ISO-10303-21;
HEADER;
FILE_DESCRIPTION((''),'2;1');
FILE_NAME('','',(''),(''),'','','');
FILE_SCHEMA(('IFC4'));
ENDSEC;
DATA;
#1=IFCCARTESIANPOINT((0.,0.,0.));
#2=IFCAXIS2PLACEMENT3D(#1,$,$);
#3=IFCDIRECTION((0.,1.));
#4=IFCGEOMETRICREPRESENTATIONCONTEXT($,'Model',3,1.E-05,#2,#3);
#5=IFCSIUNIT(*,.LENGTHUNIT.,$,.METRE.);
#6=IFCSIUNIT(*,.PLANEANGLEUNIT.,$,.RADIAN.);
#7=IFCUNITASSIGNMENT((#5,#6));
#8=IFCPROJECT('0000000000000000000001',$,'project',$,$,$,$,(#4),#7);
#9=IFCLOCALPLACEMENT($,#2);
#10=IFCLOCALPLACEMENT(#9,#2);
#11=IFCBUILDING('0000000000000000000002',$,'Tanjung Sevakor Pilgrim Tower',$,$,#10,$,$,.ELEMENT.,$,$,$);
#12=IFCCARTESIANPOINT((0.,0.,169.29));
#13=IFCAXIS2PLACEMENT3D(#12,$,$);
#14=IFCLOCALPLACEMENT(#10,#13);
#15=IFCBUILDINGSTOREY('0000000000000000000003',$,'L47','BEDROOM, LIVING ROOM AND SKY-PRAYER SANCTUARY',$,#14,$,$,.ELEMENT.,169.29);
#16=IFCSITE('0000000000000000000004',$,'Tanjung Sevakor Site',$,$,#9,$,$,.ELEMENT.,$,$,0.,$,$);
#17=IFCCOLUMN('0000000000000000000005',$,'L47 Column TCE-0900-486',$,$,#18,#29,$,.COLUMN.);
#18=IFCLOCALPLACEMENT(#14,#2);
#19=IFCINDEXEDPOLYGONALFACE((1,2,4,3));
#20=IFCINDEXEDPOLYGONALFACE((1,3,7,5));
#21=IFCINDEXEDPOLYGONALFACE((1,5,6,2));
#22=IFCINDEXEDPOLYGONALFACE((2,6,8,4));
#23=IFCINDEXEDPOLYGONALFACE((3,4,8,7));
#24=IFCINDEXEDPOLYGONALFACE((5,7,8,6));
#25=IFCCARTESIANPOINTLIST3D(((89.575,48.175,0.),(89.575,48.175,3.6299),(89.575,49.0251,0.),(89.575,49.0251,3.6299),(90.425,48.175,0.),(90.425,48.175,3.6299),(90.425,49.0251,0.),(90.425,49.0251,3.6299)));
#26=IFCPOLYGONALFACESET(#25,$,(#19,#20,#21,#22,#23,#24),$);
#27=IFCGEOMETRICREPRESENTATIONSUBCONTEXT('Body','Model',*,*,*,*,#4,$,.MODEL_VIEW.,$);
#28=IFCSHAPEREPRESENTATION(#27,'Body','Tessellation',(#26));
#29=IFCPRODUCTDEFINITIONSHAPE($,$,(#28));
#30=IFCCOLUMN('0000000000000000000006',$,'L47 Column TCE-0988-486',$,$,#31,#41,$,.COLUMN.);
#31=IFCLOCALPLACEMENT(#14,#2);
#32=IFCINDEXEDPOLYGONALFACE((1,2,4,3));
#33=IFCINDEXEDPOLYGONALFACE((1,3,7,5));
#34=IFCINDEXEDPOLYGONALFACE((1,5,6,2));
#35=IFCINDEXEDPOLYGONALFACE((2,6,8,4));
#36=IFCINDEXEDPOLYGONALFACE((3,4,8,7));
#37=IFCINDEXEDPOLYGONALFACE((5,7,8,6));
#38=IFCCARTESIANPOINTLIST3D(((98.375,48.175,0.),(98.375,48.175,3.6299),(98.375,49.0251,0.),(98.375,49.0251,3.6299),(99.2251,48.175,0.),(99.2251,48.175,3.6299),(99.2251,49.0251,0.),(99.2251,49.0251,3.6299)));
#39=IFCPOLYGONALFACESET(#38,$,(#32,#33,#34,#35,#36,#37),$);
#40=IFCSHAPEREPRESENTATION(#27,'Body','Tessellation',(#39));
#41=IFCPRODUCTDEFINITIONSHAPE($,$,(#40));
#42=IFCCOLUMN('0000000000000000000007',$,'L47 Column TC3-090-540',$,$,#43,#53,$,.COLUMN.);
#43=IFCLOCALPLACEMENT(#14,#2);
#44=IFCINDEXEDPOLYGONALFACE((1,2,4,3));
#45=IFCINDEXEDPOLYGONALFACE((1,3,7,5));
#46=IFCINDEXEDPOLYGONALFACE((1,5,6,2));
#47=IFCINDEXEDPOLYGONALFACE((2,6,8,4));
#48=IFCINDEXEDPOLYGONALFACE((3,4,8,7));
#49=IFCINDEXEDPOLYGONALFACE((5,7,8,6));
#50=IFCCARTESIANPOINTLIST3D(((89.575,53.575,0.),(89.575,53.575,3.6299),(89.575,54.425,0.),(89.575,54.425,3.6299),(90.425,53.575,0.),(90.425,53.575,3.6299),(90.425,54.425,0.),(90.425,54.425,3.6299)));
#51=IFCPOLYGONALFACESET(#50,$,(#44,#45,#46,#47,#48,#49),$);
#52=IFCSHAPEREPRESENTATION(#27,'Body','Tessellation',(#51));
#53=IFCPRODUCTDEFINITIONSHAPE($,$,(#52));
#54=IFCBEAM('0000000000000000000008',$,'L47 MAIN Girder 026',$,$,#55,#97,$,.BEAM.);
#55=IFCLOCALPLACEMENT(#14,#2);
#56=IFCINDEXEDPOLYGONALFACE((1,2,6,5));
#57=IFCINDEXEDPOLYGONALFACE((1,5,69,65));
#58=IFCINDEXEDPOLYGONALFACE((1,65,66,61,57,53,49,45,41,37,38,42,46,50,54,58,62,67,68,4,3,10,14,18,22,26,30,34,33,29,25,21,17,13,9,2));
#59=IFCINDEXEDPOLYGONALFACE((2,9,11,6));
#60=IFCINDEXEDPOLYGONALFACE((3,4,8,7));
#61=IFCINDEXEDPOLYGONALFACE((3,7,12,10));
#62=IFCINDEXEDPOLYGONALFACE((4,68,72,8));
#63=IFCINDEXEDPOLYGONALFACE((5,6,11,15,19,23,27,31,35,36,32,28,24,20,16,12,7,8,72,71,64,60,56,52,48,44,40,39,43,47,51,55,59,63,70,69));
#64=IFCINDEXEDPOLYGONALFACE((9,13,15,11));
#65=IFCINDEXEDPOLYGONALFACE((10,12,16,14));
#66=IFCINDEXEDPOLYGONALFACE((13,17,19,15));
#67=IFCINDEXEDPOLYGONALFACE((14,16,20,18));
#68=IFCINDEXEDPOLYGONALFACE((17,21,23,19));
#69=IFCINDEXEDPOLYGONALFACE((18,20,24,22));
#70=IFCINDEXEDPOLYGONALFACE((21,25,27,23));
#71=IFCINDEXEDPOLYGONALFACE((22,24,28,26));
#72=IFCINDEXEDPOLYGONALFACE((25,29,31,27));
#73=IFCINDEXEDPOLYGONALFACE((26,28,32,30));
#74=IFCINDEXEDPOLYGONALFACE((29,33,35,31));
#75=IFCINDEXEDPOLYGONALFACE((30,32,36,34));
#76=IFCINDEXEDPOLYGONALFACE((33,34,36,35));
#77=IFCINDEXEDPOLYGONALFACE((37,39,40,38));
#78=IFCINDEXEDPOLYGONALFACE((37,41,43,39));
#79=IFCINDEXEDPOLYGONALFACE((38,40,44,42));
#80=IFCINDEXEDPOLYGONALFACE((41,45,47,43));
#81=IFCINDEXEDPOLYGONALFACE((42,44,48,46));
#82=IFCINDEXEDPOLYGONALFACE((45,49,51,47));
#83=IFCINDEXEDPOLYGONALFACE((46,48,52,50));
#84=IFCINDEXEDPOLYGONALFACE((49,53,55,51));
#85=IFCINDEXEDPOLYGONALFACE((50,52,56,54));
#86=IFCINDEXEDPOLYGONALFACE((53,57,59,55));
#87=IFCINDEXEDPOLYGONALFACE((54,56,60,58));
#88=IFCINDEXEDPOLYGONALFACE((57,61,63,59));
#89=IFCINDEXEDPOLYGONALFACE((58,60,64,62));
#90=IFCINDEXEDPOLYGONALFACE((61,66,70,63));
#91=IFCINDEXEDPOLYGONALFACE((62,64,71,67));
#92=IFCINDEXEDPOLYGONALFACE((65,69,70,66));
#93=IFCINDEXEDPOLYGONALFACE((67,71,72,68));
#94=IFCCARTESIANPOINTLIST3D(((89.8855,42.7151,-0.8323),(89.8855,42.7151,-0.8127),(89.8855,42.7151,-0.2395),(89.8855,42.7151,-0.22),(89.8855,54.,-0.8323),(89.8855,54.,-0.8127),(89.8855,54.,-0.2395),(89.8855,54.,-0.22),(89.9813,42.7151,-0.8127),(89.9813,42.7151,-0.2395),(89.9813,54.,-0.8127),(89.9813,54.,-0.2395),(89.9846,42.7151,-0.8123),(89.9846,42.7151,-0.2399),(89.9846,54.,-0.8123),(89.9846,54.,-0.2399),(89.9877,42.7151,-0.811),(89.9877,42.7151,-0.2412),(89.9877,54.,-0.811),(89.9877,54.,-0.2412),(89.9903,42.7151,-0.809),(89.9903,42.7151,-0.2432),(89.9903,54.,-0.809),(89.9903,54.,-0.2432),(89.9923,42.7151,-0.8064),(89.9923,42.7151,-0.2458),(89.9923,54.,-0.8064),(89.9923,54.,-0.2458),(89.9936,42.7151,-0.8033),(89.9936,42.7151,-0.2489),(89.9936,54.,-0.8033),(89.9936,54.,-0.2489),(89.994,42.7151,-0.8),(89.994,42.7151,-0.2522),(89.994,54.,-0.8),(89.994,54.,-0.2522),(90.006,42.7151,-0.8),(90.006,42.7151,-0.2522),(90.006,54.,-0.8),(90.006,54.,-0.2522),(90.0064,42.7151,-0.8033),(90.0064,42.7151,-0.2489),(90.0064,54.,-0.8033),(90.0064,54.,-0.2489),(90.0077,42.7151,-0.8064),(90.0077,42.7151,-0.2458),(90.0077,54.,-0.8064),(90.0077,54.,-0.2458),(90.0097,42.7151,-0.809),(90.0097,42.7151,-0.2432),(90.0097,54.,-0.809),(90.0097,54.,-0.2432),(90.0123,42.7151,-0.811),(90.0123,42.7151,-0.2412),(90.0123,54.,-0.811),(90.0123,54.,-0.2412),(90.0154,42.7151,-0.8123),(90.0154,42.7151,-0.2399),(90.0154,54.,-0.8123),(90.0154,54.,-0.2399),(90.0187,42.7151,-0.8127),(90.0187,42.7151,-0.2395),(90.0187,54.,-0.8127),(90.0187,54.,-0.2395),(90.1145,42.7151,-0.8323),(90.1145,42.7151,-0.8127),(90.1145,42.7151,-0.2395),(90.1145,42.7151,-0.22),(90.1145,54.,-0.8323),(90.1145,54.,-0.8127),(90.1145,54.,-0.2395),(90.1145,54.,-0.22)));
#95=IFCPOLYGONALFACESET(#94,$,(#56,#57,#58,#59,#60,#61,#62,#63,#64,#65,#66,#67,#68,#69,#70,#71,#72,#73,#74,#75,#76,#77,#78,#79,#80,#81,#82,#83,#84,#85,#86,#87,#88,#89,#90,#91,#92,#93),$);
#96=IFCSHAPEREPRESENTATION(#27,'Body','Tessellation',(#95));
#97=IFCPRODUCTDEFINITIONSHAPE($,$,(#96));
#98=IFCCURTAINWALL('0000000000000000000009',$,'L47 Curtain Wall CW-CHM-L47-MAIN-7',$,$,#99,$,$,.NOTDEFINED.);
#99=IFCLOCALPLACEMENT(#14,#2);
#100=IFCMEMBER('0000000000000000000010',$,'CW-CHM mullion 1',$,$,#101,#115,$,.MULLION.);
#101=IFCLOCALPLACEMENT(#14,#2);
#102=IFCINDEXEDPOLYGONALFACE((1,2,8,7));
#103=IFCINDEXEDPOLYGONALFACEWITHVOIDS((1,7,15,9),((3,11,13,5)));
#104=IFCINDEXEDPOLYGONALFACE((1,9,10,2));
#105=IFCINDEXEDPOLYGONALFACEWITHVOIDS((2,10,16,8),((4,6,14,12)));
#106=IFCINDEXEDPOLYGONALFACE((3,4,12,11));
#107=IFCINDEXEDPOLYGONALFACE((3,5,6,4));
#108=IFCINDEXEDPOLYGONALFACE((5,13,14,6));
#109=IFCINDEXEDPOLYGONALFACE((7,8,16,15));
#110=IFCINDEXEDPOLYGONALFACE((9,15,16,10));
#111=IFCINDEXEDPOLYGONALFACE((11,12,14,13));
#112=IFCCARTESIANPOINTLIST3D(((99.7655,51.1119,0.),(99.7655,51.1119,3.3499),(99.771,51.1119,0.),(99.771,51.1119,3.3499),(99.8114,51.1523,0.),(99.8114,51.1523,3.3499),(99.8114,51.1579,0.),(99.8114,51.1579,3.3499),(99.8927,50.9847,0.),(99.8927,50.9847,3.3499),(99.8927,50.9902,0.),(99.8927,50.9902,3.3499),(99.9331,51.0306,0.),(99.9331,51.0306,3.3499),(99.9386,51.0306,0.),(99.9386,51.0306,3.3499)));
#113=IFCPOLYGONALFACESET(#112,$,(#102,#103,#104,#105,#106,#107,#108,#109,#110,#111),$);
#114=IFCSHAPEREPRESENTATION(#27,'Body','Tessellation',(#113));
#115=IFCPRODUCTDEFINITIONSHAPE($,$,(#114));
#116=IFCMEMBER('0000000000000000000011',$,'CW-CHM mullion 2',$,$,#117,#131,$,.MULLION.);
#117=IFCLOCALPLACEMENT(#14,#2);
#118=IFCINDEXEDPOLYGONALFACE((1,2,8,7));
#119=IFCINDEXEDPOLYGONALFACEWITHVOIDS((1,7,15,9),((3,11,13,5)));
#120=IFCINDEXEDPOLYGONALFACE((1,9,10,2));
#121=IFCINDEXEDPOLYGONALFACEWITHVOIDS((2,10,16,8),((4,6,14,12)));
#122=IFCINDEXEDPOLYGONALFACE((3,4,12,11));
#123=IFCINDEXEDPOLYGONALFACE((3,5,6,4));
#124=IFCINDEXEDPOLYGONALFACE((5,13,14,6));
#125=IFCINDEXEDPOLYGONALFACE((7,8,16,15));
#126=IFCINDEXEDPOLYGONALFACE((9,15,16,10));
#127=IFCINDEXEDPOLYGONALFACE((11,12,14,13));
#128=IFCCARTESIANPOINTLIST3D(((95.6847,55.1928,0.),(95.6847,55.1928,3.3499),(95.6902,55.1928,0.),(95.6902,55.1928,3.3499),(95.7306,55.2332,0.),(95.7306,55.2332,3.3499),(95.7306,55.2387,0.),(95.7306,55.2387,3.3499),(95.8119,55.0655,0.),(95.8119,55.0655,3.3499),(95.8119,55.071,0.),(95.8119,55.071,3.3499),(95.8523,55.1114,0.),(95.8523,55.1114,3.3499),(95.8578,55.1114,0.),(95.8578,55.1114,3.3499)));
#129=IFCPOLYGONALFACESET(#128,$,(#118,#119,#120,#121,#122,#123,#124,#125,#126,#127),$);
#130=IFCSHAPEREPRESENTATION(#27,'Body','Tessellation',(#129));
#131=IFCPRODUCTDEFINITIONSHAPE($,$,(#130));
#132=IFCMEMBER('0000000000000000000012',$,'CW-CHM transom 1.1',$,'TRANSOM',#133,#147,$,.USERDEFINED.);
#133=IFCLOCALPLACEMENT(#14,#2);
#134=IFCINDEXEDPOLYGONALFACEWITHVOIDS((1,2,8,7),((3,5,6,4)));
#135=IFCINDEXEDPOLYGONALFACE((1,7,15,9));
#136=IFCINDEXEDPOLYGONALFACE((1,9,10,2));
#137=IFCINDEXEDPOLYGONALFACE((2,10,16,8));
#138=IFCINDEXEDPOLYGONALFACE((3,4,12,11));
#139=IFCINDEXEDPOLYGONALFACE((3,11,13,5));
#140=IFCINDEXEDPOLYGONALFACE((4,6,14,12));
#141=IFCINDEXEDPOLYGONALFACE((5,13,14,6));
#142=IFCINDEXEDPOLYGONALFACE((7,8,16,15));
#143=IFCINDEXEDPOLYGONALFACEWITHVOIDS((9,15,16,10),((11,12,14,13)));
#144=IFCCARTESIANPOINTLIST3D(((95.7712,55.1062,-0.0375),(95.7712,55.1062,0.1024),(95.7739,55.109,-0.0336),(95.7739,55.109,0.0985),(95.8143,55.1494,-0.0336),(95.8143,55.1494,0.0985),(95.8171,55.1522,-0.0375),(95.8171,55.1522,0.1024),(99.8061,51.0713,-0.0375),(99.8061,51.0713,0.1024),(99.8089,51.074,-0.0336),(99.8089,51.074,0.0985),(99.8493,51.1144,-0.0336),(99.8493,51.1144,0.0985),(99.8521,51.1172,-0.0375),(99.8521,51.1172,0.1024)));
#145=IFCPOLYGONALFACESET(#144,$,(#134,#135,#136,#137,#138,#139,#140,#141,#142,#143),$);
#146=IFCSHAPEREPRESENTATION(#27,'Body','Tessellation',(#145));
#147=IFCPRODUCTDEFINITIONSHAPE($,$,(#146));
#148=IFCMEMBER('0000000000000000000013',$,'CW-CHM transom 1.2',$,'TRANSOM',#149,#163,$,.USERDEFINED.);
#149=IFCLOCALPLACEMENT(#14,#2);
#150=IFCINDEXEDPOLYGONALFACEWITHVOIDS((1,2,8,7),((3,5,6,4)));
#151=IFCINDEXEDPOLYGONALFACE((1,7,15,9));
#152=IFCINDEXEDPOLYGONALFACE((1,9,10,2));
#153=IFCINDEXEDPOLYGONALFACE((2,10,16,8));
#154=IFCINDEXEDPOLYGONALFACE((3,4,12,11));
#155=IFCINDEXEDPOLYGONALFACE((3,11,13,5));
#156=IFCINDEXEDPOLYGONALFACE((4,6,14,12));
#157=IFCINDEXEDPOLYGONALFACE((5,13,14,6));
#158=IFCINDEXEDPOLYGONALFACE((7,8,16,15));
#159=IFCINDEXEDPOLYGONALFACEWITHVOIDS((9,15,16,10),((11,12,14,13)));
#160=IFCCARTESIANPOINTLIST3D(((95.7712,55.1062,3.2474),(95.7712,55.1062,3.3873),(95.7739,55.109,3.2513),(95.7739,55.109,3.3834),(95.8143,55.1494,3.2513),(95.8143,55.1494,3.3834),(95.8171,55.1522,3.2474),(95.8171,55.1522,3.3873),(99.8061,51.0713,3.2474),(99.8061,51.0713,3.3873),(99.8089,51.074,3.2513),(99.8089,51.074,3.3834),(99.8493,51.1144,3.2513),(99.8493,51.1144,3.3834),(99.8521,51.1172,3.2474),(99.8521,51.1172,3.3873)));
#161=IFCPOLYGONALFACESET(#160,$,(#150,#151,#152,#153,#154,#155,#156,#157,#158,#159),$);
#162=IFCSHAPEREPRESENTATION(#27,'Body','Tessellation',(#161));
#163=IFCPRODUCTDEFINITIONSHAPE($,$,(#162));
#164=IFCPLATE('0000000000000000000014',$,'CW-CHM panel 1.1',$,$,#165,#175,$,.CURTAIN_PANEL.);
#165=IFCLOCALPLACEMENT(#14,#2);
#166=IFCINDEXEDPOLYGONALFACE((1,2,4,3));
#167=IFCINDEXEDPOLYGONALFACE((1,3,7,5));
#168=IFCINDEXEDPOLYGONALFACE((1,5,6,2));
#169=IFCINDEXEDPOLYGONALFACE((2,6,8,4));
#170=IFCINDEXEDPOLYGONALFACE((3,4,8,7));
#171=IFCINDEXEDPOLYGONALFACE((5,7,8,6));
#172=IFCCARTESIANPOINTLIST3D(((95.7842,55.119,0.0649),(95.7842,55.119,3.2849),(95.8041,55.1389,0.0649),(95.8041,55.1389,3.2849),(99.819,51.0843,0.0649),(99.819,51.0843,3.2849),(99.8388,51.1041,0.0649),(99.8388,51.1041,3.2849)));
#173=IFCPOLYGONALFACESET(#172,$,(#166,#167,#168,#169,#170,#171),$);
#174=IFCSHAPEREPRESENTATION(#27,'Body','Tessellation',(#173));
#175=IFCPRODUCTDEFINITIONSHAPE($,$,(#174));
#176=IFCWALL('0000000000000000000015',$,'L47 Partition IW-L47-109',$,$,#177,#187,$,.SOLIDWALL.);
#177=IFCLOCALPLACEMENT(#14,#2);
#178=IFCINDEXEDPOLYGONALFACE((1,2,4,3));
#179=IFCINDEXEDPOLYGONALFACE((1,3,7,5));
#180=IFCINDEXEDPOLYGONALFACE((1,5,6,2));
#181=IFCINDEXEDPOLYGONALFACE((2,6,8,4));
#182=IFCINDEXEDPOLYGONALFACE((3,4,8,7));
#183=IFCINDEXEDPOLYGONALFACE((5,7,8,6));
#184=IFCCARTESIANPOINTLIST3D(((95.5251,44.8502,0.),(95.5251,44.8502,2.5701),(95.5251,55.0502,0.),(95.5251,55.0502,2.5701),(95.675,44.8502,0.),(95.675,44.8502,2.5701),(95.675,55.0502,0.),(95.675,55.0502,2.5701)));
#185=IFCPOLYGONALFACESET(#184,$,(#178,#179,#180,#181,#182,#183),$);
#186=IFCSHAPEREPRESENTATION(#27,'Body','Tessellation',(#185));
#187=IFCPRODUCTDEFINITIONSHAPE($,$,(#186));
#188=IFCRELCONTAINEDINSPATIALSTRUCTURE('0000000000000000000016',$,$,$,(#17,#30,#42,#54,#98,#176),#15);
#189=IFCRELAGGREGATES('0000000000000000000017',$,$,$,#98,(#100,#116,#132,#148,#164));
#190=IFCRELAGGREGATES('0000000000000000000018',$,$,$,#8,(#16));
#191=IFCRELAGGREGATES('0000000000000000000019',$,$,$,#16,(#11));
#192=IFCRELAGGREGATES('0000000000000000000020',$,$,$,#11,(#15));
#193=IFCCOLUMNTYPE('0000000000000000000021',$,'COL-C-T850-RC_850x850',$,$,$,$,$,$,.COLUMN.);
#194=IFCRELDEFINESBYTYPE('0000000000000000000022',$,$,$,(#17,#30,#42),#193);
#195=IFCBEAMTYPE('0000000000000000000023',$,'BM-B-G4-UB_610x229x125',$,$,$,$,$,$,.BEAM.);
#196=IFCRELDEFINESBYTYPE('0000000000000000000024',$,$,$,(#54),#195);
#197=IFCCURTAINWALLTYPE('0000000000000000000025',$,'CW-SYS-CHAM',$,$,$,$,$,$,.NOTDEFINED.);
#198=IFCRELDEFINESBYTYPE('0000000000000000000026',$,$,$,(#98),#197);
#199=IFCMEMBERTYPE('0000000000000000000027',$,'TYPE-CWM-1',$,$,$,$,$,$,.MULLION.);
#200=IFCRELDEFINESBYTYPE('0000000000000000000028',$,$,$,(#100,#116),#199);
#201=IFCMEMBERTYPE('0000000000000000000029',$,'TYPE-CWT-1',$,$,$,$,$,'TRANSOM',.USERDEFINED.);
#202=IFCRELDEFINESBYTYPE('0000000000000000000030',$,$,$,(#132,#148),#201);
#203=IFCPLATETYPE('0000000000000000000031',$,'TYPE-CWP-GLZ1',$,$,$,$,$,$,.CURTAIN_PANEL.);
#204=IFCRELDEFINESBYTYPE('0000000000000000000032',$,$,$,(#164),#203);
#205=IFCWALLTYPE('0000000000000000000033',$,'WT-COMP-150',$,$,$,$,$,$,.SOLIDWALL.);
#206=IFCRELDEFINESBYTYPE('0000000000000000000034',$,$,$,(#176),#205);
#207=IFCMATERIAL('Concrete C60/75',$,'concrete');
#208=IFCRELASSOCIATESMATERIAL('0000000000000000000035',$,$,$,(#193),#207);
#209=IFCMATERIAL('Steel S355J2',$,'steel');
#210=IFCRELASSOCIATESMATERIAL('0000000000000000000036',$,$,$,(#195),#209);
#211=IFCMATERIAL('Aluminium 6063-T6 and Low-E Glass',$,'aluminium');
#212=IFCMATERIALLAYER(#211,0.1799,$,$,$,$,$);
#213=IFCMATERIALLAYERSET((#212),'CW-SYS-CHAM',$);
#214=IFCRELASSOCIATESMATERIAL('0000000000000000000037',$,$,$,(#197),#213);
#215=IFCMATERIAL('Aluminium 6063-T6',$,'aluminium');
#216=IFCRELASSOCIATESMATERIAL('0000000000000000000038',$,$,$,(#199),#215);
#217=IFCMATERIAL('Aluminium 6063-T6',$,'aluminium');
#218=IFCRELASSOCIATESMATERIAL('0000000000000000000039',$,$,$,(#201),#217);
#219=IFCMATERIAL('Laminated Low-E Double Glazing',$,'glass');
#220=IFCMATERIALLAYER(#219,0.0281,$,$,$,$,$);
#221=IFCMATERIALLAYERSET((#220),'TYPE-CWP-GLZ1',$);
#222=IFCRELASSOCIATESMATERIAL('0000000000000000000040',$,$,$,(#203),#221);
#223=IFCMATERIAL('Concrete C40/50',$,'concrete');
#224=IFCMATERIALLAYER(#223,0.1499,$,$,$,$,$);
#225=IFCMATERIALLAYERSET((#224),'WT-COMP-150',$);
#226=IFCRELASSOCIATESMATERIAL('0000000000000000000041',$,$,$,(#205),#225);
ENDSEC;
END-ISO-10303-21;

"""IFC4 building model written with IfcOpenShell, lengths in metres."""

from ifc_helpers import new_model, si_unit, direction, frame, frame_2d, origin, origin_2d, place, context, subcontext, project, spatial, rectangle, hollow_rectangle, i_section, extrude, material, layer, layer_set, material_profile, profile_set, type_object, element, aggregate, save


model = new_model("IFC4")

# Units and contexts
model_context = context("Model", 3, precision=1e-05, world=origin(), true_north=direction((0.0, 1.0)))
body_context = subcontext(model_context, "Body", "Model", "MODEL_VIEW")
ifc_project = project(units=[si_unit("LENGTHUNIT", "METRE"), si_unit("PLANEANGLEUNIT", "RADIAN")], contexts=[model_context])

# Site, building, storey
site_placement = place(None, origin())
site = spatial("IfcSite", under=ifc_project, at=site_placement, Name="Tanjung Sevakor Site", CompositionType="ELEMENT", RefElevation=0.0)
building_placement = place(site_placement, origin())
building = spatial("IfcBuilding", under=site, at=building_placement, Name="Tanjung Sevakor Pilgrim Tower", CompositionType="ELEMENT")
storey_placement = place(building_placement, frame((0.0, 0.0, 169.29)))
storey = spatial("IfcBuildingStorey", under=building, at=storey_placement, Name="L47", Description="BEDROOM, LIVING ROOM AND SKY-PRAYER SANCTUARY", CompositionType="ELEMENT", Elevation=169.29)

# Columns
ifc_material_1 = material(Name="Concrete C60/75", Category="concrete")
ifc_material_profile_1 = material_profile(ifc_material_1, rectangle(XDim=0.8501, YDim=0.8501, at=origin_2d()))
ifc_profile_set_1 = profile_set([ifc_material_profile_1], Name="Concrete C60/75")
column_type = type_object("IfcColumnType", Name="COL-C-T850-RC_850x850", PredefinedType="COLUMN", material=ifc_profile_set_1)
for number, where, z_axis, x_axis, name in (
    (1, (90.0, 48.6001, 0.0), (0.0, 0.0, 1.0), (1.0, 0.0, 0.0), "L47 Column TCE-0900-486"),
    (2, (98.8, 48.6001, 0.0), (0.0, 0.0, 1.0), (1.0, 0.0, 0.0), "L47 Column TCE-0988-486"),
    (3, (90.0, 54.0, 0.0), (0.0, 0.0, 1.0), (1.0, 0.0, 0.0), "L47 Column TC3-090-540"),
):
    element("IfcColumn", number, at=place(storey_placement, frame(where, z_axis=z_axis, x_axis=x_axis)), inside=storey, type_object=column_type, Name=name, PredefinedType="COLUMN", context=body_context, shape_type="SweptSolid", body=[
        extrude(rectangle(XDim=0.8501, YDim=0.8501, at=origin_2d()), origin(), (0.0, 0.0, 1.0), 3.6299),
    ])

# Beam
ifc_material_2 = material(Name="Steel S355J2", Category="steel")
ifc_material_profile_2 = material_profile(ifc_material_2, i_section(OverallWidth=0.229, OverallDepth=0.6123, WebThickness=0.012, FlangeThickness=0.0195, FilletRadius=0.0127, at=origin_2d()))
ifc_profile_set_2 = profile_set([ifc_material_profile_2], Name="Steel S355J2")
beam_type = type_object("IfcBeamType", Name="BM-B-G4-UB_610x229x125", PredefinedType="BEAM", material=ifc_profile_set_2)
beam_placement = place(storey_placement, frame((90.0, 42.7151, -0.5261), z_axis=(0.0, 1.0, 0.0), x_axis=(-1.0, 0.0, 0.0)))
element("IfcBeam", 4, at=beam_placement, inside=storey, type_object=beam_type, Name="L47 MAIN Girder 026", PredefinedType="BEAM", context=body_context, shape_type="SweptSolid", body=[
    extrude(i_section(OverallWidth=0.229, OverallDepth=0.6123, WebThickness=0.012, FlangeThickness=0.0195, FilletRadius=0.0127, at=origin_2d()), origin(), (0.0, 0.0, 1.0), 11.2849),
])

# Curtain wall, members, plate
ifc_material_3 = material(Name="Aluminium 6063-T6 and Low-E Glass", Category="aluminium")
ifc_layer_1 = layer(ifc_material_3, 0.1799)
ifc_layer_set_1 = layer_set([ifc_layer_1], Name="CW-SYS-CHAM")
curtain_wall_type = type_object("IfcCurtainWallType", Name="CW-SYS-CHAM", PredefinedType="NOTDEFINED", material=ifc_layer_set_1)
curtain_wall_placement = place(storey_placement, origin())
curtain_wall = element("IfcCurtainWall", 5, at=curtain_wall_placement, inside=storey, type_object=curtain_wall_type, Name="L47 Curtain Wall CW-CHM-L47-MAIN-7", PredefinedType="NOTDEFINED")
ifc_material_4 = material(Name="Aluminium 6063-T6", Category="aluminium")
ifc_material_profile_3 = material_profile(ifc_material_4, hollow_rectangle(XDim=0.0649, YDim=0.1799, WallThickness=0.0039, at=origin_2d()))
ifc_profile_set_3 = profile_set([ifc_material_profile_3], Name="Aluminium 6063-T6")
member_type_1 = type_object("IfcMemberType", Name="TYPE-CWM-1", PredefinedType="MULLION", material=ifc_profile_set_3)
member_1_placement = place(storey_placement, frame((99.8521, 51.0713, 0.0), z_axis=(0.0, 0.0, 1.0), x_axis=(-0.707107, -0.707107, 0.0)))
member_1 = element("IfcMember", 6, at=member_1_placement, type_object=member_type_1, Name="CW-CHM mullion 1", PredefinedType="MULLION", context=body_context, shape_type="SweptSolid", body=[
    extrude(hollow_rectangle(XDim=0.0649, YDim=0.1799, WallThickness=0.0039, at=origin_2d()), origin(), (0.0, 0.0, 1.0), 3.3499),
])
member_2_placement = place(storey_placement, frame((95.7712, 55.1521, 0.0), z_axis=(0.0, 0.0, 1.0), x_axis=(-0.707107, -0.707107, 0.0)))
member_2 = element("IfcMember", 7, at=member_2_placement, type_object=member_type_1, Name="CW-CHM mullion 2", PredefinedType="MULLION", context=body_context, shape_type="SweptSolid", body=[
    extrude(hollow_rectangle(XDim=0.0649, YDim=0.1799, WallThickness=0.0039, at=origin_2d()), origin(), (0.0, 0.0, 1.0), 3.3499),
])
ifc_material_5 = material(Name="Aluminium 6063-T6", Category="aluminium")
ifc_material_profile_4 = material_profile(ifc_material_5, hollow_rectangle(XDim=0.0649, YDim=0.1399, WallThickness=0.0039, at=origin_2d()))
ifc_profile_set_4 = profile_set([ifc_material_profile_4], Name="Aluminium 6063-T6")
member_type_2 = type_object("IfcMemberType", Name="TYPE-CWT-1", ElementType="TRANSOM", PredefinedType="USERDEFINED", material=ifc_profile_set_4)
member_3_placement = place(storey_placement, frame((99.8291, 51.0942, 0.0325), z_axis=(-0.707107, 0.707107, 0.0), x_axis=(-0.707107, -0.707107, 0.0)))
member_3 = element("IfcMember", 8, at=member_3_placement, type_object=member_type_2, Name="CW-CHM transom 1.1", ObjectType="TRANSOM", PredefinedType="USERDEFINED", context=body_context, shape_type="SweptSolid", body=[
    extrude(hollow_rectangle(XDim=0.0649, YDim=0.1399, WallThickness=0.0039, at=origin_2d()), origin(), (0.0, 0.0, 1.0), 5.7063),
])
member_4_placement = place(storey_placement, frame((99.8291, 51.0942, 3.3174), z_axis=(-0.707107, 0.707107, 0.0), x_axis=(-0.707107, -0.707107, 0.0)))
member_4 = element("IfcMember", 9, at=member_4_placement, type_object=member_type_2, Name="CW-CHM transom 1.2", ObjectType="TRANSOM", PredefinedType="USERDEFINED", context=body_context, shape_type="SweptSolid", body=[
    extrude(hollow_rectangle(XDim=0.0649, YDim=0.1399, WallThickness=0.0039, at=origin_2d()), origin(), (0.0, 0.0, 1.0), 5.7063),
])
ifc_material_6 = material(Name="Laminated Low-E Double Glazing", Category="glass")
ifc_layer_2 = layer(ifc_material_6, 0.0281)
ifc_layer_set_2 = layer_set([ifc_layer_2], Name="TYPE-CWP-GLZ1")
plate_type = type_object("IfcPlateType", Name="TYPE-CWP-GLZ1", PredefinedType="CURTAIN_PANEL", material=ifc_layer_set_2)
plate_placement = place(storey_placement, frame((97.8115, 53.1116, 0.0649), z_axis=(0.0, 0.0, 1.0), x_axis=(-0.707107, 0.707107, 0.0)))
plate = element("IfcPlate", 10, at=plate_placement, type_object=plate_type, Name="CW-CHM panel 1.1", PredefinedType="CURTAIN_PANEL", context=body_context, shape_type="SweptSolid", body=[
    extrude(rectangle(XDim=5.7061, YDim=0.0281, at=origin_2d()), origin(), (0.0, 0.0, 1.0), 3.22),
])
aggregate(curtain_wall, [member_1, member_2, member_3, member_4, plate])

# Wall
ifc_material_7 = material(Name="Concrete C40/50", Category="concrete")
ifc_layer_3 = layer(ifc_material_7, 0.1499)
ifc_layer_set_3 = layer_set([ifc_layer_3], Name="WT-COMP-150")
wall_type_1 = type_object("IfcWallType", Name="WT-COMP-150", PredefinedType="SOLIDWALL", material=ifc_layer_set_3)
wall_1_placement = place(storey_placement, frame((95.6001, 44.8501, 0.0), z_axis=(0.0, 0.0, 1.0), x_axis=(0.0, 1.0, 0.0)))
element("IfcWall", 11, at=wall_1_placement, inside=storey, type_object=wall_type_1, Name="L47 Partition IW-L47-109", PredefinedType="SOLIDWALL", context=body_context, shape_type="SweptSolid", body=[
    extrude(rectangle(XDim=10.2, YDim=0.1499, at=frame_2d((5.1001, 0.0))), origin(), (0.0, 0.0, 1.0), 2.5701),
])

save(model, "model.ifc")
